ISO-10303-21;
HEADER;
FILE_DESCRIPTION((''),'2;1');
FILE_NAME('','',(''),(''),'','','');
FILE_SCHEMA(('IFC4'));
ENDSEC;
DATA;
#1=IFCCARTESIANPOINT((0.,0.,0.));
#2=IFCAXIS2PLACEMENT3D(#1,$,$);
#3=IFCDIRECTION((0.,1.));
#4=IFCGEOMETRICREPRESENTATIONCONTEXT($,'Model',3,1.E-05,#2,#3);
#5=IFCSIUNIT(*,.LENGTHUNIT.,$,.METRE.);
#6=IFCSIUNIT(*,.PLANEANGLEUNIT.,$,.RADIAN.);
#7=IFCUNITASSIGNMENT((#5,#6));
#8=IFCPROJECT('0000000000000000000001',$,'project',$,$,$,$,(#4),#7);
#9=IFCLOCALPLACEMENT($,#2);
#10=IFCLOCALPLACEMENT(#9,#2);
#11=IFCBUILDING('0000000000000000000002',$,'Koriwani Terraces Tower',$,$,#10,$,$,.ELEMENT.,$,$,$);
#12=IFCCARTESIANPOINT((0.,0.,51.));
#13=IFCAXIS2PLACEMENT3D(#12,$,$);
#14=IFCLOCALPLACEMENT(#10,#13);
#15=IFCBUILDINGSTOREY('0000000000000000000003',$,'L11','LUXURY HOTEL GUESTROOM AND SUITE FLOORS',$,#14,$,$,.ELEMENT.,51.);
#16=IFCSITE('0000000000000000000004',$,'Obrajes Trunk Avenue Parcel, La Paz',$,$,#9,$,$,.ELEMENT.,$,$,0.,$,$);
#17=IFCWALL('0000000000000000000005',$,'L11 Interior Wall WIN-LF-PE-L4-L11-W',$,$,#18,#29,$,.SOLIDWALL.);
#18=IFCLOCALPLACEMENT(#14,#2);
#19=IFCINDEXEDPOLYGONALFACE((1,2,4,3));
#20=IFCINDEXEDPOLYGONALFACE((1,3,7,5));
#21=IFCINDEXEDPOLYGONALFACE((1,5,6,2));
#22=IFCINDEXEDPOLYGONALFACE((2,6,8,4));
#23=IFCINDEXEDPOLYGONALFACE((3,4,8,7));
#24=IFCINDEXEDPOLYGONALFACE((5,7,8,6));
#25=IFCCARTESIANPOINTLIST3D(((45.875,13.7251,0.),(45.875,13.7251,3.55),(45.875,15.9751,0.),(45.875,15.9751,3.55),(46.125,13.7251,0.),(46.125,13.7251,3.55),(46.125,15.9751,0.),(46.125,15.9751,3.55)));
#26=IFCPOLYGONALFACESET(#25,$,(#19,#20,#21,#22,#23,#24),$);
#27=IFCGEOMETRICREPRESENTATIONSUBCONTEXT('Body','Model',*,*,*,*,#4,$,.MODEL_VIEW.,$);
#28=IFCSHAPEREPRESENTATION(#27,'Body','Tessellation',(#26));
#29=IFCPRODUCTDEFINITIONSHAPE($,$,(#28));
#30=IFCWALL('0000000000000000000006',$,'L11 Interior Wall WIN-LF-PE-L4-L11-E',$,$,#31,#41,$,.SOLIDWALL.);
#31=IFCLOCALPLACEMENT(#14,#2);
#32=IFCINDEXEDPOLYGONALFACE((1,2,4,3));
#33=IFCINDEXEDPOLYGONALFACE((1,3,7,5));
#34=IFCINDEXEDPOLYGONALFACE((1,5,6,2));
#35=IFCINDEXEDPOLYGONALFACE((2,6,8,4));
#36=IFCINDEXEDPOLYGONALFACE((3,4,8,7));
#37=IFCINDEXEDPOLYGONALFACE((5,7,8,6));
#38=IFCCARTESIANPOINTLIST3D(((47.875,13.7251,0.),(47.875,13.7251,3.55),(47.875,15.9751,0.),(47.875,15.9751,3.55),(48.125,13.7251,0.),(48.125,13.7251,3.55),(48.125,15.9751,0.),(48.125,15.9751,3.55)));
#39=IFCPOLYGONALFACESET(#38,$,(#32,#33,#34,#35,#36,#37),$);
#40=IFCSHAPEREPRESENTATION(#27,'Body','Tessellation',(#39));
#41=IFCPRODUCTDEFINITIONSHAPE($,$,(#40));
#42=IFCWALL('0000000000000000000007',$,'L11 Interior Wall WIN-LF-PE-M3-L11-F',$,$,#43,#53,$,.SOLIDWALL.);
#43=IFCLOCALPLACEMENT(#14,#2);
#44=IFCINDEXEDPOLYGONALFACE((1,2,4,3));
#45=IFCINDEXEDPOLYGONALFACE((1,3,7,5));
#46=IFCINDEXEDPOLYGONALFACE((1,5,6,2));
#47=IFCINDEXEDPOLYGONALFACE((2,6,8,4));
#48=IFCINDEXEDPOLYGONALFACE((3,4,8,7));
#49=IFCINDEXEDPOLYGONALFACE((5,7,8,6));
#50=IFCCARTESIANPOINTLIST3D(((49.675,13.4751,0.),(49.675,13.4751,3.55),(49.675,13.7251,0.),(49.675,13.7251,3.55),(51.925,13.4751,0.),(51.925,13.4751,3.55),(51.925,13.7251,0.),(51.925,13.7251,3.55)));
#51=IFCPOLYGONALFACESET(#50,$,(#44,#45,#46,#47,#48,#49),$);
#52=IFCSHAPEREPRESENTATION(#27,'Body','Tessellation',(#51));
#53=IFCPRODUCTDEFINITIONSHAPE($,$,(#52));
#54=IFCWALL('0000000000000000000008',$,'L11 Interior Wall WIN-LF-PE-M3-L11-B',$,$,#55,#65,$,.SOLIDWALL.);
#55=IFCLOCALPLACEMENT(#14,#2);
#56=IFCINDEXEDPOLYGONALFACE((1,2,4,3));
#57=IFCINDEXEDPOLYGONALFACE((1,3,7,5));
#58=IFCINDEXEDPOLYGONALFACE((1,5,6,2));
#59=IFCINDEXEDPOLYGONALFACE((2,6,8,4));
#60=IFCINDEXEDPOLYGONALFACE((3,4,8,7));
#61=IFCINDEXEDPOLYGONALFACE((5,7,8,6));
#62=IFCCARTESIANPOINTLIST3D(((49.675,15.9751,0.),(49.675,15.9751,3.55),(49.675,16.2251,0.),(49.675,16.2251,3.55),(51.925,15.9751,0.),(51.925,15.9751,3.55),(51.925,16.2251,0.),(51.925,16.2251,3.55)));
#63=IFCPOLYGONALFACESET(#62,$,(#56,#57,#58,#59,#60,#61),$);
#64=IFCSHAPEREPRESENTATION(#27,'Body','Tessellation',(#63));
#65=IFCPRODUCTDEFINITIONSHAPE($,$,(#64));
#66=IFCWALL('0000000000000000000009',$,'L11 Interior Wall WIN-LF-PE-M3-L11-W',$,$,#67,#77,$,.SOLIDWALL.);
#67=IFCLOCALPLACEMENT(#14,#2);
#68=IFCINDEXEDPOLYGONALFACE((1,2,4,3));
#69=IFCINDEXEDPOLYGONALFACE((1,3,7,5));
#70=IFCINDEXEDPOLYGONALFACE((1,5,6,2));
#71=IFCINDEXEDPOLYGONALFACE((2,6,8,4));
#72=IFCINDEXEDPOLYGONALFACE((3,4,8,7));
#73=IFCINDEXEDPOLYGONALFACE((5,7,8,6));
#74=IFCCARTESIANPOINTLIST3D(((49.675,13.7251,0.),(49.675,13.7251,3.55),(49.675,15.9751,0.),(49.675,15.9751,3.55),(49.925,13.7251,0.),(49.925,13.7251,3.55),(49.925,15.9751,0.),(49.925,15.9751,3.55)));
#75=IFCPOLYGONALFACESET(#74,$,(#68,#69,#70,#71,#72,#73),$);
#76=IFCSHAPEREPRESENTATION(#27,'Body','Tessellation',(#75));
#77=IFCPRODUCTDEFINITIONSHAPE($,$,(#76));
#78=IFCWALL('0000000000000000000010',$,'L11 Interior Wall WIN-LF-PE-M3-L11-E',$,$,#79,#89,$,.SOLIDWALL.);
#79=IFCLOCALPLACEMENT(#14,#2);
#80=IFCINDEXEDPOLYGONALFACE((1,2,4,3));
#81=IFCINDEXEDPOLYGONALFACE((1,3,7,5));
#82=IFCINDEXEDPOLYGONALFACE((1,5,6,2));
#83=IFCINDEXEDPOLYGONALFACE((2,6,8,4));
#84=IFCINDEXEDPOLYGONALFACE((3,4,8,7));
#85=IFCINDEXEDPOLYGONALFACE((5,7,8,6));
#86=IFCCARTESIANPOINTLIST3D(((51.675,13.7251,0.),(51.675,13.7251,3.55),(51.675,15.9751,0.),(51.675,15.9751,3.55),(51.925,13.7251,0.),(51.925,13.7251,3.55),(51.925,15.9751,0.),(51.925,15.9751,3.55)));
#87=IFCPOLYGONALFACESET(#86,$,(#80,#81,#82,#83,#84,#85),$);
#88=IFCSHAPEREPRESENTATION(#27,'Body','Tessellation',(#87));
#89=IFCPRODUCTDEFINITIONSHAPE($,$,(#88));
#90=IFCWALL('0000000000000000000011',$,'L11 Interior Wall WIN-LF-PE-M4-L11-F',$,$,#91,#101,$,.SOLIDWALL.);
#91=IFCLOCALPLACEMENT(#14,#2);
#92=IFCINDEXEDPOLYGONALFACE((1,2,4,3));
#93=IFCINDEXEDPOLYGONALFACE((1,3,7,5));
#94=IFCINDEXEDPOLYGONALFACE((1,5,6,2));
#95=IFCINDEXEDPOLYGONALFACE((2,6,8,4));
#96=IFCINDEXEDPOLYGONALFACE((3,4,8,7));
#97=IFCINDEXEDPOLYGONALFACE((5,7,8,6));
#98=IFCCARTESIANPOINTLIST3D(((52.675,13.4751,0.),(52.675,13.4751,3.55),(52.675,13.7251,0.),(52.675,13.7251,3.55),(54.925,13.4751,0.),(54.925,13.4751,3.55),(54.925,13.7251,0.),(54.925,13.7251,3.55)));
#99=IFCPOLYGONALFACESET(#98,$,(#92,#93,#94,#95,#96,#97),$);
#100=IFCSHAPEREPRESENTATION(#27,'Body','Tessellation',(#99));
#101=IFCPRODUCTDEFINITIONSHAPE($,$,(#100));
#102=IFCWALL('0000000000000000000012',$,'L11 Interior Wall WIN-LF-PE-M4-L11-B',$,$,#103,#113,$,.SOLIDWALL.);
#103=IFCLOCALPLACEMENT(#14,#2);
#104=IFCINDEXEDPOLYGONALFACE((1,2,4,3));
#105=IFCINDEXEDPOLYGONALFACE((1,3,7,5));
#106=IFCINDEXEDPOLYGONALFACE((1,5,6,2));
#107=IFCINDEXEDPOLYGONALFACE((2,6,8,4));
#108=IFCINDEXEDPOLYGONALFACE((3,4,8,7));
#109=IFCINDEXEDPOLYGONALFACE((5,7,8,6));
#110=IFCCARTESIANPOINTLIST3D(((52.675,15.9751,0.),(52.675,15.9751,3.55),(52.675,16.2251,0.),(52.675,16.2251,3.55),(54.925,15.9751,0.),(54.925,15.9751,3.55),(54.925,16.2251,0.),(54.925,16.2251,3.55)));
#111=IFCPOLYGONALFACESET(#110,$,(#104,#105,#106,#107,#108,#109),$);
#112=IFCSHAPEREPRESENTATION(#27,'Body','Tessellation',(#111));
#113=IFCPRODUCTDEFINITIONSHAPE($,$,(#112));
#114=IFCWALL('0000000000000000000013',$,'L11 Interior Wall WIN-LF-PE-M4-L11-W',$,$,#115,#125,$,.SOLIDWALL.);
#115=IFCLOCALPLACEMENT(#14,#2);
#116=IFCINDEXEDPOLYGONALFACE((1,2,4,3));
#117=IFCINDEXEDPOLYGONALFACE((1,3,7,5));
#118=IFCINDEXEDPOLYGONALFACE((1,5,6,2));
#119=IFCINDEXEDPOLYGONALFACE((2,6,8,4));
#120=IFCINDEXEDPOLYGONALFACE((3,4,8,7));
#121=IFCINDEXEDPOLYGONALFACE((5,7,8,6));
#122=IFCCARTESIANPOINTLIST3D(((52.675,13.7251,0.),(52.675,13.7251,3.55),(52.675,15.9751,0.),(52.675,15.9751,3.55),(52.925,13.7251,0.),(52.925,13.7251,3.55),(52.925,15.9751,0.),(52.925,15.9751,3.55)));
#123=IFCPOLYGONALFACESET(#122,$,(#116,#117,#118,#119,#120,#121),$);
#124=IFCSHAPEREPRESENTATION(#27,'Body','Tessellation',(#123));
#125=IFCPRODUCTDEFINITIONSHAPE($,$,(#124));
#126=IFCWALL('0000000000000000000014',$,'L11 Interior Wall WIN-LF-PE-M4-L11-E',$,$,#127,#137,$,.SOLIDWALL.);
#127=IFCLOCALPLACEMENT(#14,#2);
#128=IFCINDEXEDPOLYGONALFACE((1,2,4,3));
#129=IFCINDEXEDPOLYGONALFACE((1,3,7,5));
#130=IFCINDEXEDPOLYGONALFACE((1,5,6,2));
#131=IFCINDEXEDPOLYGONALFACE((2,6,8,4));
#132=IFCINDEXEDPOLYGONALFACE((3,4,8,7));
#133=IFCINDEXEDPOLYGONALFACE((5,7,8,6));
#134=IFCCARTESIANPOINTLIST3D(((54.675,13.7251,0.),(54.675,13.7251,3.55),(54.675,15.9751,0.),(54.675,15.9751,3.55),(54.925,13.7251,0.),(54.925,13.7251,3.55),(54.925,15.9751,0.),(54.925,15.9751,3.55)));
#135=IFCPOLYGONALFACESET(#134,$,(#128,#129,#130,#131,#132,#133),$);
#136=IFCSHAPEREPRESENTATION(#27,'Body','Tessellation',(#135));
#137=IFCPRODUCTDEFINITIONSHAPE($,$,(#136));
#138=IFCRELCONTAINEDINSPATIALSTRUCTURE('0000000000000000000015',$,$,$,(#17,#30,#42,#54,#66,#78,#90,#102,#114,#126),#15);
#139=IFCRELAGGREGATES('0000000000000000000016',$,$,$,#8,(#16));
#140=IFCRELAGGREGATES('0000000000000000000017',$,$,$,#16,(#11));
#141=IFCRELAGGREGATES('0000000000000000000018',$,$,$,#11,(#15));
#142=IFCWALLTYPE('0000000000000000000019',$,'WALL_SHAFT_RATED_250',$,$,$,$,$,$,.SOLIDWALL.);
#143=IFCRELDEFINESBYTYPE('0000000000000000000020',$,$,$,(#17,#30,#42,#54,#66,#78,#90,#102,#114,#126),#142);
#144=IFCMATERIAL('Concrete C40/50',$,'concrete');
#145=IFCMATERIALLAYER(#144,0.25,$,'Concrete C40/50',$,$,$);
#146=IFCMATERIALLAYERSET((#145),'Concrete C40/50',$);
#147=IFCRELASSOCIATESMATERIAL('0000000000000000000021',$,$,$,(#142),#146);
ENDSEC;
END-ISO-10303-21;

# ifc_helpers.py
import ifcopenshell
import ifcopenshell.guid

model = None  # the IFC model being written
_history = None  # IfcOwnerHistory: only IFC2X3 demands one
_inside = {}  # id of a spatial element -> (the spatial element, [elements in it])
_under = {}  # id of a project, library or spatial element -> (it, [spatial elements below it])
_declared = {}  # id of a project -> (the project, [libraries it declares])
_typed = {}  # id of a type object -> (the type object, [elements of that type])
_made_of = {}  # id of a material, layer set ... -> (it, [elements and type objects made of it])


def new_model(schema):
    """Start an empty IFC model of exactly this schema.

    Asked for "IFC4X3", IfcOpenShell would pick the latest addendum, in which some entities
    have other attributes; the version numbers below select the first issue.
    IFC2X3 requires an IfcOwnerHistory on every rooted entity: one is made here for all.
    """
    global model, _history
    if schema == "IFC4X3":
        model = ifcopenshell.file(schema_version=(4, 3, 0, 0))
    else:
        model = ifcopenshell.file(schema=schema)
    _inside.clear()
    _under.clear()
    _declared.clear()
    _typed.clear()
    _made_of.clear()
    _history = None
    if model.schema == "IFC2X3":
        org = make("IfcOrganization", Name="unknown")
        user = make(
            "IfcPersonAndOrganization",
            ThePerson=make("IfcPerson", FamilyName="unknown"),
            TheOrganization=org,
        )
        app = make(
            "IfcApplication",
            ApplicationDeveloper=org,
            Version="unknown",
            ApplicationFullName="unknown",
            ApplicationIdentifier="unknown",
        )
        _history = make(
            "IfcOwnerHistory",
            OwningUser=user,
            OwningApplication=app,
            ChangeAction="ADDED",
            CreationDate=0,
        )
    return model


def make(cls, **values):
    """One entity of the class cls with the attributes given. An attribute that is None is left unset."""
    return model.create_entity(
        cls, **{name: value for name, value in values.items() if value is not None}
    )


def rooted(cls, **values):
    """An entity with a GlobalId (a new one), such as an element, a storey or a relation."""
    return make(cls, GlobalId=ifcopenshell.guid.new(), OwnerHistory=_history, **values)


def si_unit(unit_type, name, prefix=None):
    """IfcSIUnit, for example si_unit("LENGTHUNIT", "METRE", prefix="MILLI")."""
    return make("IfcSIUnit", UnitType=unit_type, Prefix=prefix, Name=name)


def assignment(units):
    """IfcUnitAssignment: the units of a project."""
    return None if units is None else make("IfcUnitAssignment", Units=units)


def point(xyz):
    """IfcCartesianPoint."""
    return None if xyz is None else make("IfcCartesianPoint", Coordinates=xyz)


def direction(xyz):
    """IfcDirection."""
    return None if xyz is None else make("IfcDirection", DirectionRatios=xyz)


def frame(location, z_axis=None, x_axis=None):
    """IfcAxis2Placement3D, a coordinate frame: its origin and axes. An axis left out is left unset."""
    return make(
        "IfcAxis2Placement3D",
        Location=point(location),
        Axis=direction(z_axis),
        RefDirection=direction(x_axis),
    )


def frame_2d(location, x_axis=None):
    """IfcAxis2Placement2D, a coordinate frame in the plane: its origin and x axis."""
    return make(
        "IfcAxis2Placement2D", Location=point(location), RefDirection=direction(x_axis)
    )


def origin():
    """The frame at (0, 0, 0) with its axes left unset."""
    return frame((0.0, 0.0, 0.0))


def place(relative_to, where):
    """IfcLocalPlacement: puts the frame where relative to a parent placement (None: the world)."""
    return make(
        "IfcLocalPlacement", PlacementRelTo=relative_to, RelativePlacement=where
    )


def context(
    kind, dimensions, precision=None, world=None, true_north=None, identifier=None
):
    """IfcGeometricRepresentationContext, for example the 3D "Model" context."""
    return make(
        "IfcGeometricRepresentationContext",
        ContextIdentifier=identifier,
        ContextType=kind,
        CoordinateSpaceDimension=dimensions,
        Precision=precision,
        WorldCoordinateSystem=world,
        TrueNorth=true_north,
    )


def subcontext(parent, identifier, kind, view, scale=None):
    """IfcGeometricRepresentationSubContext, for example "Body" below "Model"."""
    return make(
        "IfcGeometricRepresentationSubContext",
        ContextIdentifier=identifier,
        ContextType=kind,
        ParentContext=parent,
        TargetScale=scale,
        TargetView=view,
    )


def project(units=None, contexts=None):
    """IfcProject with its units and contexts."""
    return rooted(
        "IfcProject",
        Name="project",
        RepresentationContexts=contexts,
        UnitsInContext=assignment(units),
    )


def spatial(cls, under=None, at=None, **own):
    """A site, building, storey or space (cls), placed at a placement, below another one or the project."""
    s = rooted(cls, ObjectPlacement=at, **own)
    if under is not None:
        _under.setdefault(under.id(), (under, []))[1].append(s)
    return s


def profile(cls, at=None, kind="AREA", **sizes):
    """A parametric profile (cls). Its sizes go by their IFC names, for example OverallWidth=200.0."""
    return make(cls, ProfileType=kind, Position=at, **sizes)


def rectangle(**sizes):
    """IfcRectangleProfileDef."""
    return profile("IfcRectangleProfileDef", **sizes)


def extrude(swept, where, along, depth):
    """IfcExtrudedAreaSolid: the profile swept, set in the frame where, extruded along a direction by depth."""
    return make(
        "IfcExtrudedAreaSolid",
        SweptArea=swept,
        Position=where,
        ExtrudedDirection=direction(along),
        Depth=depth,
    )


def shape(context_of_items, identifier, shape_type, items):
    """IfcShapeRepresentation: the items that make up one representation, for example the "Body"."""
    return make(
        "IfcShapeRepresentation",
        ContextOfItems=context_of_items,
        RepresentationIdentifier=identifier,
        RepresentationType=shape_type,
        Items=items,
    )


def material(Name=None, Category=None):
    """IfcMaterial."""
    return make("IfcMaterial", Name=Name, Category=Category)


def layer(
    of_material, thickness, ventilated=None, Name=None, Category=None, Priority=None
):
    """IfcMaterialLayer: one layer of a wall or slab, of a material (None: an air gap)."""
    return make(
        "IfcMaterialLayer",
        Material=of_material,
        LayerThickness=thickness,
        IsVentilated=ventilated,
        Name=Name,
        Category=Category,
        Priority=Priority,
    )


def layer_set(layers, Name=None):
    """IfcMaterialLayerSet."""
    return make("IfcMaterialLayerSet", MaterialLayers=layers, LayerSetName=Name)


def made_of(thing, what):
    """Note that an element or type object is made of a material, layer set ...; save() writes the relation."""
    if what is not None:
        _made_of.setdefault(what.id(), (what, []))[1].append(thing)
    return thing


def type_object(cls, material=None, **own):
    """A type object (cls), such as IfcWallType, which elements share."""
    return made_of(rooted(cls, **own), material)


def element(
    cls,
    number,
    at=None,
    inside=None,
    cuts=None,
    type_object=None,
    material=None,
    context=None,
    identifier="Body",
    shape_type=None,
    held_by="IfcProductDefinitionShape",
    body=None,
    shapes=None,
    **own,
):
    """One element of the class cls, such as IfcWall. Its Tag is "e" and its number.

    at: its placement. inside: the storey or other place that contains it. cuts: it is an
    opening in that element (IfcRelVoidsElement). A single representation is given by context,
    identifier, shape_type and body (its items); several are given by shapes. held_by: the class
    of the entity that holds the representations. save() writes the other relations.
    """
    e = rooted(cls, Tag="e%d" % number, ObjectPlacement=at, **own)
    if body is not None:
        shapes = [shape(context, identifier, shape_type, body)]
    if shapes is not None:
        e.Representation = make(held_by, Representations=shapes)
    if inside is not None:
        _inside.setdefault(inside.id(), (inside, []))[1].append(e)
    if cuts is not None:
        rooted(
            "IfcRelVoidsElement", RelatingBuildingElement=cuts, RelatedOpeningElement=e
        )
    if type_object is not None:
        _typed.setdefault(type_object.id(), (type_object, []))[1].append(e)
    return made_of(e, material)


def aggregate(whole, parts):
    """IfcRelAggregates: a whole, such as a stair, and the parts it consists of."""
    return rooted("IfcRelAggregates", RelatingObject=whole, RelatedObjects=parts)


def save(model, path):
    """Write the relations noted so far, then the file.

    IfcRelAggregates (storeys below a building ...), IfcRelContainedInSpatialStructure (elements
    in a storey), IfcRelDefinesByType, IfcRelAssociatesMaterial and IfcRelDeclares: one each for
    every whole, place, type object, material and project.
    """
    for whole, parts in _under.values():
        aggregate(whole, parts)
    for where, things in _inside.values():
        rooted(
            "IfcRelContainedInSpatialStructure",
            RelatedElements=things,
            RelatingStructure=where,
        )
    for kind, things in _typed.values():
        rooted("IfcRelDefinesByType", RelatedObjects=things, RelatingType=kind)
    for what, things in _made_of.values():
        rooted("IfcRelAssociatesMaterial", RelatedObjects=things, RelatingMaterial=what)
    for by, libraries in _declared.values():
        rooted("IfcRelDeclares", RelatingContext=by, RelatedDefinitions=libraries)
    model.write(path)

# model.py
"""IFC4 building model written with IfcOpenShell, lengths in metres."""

from ifc_helpers import new_model, si_unit, direction, frame, frame_2d, origin, place, context, subcontext, project, spatial, rectangle, extrude, material, layer, layer_set, type_object, element, save


model = new_model("IFC4")

# Units and contexts
model_context = context("Model", 3, precision=1e-05, world=origin(), true_north=direction((0.0, 1.0)))
body_context = subcontext(model_context, "Body", "Model", "MODEL_VIEW")
ifc_project = project(units=[si_unit("LENGTHUNIT", "METRE"), si_unit("PLANEANGLEUNIT", "RADIAN")], contexts=[model_context])

# Site, building, storey
site_placement = place(None, origin())
site = spatial("IfcSite", under=ifc_project, at=site_placement, Name="Obrajes Trunk Avenue Parcel, La Paz", CompositionType="ELEMENT", RefElevation=0.0)
building_placement = place(site_placement, origin())
building = spatial("IfcBuilding", under=site, at=building_placement, Name="Koriwani Terraces Tower", CompositionType="ELEMENT")
storey_placement = place(building_placement, frame((0.0, 0.0, 51.0)))
storey = spatial("IfcBuildingStorey", under=building, at=storey_placement, Name="L11", Description="LUXURY HOTEL GUESTROOM AND SUITE FLOORS", CompositionType="ELEMENT", Elevation=51.0)

# Shared definitions
ifc_material_1 = material(Name="Concrete C40/50", Category="concrete")

# Shared definitions
ifc_layer_1 = layer(ifc_material_1, 0.25, Name="Concrete C40/50")
ifc_layer_set_1 = layer_set([ifc_layer_1], Name="Concrete C40/50")
wall_type_1 = type_object("IfcWallType", Name="WALL_SHAFT_RATED_250", PredefinedType="SOLIDWALL", material=ifc_layer_set_1)

# Walls
for number, where, z_axis, x_axis, name in (
    (1, (46.0, 13.7251, 0.0), (0.0, 0.0, 1.0), (0.0, 1.0, 0.0), "L11 Interior Wall WIN-LF-PE-L4-L11-W"),
    (2, (48.0, 13.7251, 0.0), (0.0, 0.0, 1.0), (0.0, 1.0, 0.0), "L11 Interior Wall WIN-LF-PE-L4-L11-E"),
    (3, (49.675, 13.6001, 0.0), (0.0, 0.0, 1.0), (1.0, 0.0, 0.0), "L11 Interior Wall WIN-LF-PE-M3-L11-F"),
    (4, (49.675, 16.1001, 0.0), (0.0, 0.0, 1.0), (1.0, 0.0, 0.0), "L11 Interior Wall WIN-LF-PE-M3-L11-B"),
    (5, (49.8, 13.7251, 0.0), (0.0, 0.0, 1.0), (0.0, 1.0, 0.0), "L11 Interior Wall WIN-LF-PE-M3-L11-W"),
    (6, (51.8, 13.7251, 0.0), (0.0, 0.0, 1.0), (0.0, 1.0, 0.0), "L11 Interior Wall WIN-LF-PE-M3-L11-E"),
    (7, (52.675, 13.6001, 0.0), (0.0, 0.0, 1.0), (1.0, 0.0, 0.0), "L11 Interior Wall WIN-LF-PE-M4-L11-F"),
    (8, (52.675, 16.1001, 0.0), (0.0, 0.0, 1.0), (1.0, 0.0, 0.0), "L11 Interior Wall WIN-LF-PE-M4-L11-B"),
    (9, (52.8, 13.7251, 0.0), (0.0, 0.0, 1.0), (0.0, 1.0, 0.0), "L11 Interior Wall WIN-LF-PE-M4-L11-W"),
    (10, (54.8, 13.7251, 0.0), (0.0, 0.0, 1.0), (0.0, 1.0, 0.0), "L11 Interior Wall WIN-LF-PE-M4-L11-E"),
):
    element("IfcWall", number, at=place(storey_placement, frame(where, z_axis=z_axis, x_axis=x_axis)), inside=storey, type_object=wall_type_1, Name=name, PredefinedType="SOLIDWALL", context=body_context, shape_type="SweptSolid", body=[
        extrude(rectangle(XDim=2.25, YDim=0.25, at=frame_2d((1.125, 0.0))), origin(), (0.0, 0.0, 1.0), 3.55),
    ])

save(model, "model.ifc")
